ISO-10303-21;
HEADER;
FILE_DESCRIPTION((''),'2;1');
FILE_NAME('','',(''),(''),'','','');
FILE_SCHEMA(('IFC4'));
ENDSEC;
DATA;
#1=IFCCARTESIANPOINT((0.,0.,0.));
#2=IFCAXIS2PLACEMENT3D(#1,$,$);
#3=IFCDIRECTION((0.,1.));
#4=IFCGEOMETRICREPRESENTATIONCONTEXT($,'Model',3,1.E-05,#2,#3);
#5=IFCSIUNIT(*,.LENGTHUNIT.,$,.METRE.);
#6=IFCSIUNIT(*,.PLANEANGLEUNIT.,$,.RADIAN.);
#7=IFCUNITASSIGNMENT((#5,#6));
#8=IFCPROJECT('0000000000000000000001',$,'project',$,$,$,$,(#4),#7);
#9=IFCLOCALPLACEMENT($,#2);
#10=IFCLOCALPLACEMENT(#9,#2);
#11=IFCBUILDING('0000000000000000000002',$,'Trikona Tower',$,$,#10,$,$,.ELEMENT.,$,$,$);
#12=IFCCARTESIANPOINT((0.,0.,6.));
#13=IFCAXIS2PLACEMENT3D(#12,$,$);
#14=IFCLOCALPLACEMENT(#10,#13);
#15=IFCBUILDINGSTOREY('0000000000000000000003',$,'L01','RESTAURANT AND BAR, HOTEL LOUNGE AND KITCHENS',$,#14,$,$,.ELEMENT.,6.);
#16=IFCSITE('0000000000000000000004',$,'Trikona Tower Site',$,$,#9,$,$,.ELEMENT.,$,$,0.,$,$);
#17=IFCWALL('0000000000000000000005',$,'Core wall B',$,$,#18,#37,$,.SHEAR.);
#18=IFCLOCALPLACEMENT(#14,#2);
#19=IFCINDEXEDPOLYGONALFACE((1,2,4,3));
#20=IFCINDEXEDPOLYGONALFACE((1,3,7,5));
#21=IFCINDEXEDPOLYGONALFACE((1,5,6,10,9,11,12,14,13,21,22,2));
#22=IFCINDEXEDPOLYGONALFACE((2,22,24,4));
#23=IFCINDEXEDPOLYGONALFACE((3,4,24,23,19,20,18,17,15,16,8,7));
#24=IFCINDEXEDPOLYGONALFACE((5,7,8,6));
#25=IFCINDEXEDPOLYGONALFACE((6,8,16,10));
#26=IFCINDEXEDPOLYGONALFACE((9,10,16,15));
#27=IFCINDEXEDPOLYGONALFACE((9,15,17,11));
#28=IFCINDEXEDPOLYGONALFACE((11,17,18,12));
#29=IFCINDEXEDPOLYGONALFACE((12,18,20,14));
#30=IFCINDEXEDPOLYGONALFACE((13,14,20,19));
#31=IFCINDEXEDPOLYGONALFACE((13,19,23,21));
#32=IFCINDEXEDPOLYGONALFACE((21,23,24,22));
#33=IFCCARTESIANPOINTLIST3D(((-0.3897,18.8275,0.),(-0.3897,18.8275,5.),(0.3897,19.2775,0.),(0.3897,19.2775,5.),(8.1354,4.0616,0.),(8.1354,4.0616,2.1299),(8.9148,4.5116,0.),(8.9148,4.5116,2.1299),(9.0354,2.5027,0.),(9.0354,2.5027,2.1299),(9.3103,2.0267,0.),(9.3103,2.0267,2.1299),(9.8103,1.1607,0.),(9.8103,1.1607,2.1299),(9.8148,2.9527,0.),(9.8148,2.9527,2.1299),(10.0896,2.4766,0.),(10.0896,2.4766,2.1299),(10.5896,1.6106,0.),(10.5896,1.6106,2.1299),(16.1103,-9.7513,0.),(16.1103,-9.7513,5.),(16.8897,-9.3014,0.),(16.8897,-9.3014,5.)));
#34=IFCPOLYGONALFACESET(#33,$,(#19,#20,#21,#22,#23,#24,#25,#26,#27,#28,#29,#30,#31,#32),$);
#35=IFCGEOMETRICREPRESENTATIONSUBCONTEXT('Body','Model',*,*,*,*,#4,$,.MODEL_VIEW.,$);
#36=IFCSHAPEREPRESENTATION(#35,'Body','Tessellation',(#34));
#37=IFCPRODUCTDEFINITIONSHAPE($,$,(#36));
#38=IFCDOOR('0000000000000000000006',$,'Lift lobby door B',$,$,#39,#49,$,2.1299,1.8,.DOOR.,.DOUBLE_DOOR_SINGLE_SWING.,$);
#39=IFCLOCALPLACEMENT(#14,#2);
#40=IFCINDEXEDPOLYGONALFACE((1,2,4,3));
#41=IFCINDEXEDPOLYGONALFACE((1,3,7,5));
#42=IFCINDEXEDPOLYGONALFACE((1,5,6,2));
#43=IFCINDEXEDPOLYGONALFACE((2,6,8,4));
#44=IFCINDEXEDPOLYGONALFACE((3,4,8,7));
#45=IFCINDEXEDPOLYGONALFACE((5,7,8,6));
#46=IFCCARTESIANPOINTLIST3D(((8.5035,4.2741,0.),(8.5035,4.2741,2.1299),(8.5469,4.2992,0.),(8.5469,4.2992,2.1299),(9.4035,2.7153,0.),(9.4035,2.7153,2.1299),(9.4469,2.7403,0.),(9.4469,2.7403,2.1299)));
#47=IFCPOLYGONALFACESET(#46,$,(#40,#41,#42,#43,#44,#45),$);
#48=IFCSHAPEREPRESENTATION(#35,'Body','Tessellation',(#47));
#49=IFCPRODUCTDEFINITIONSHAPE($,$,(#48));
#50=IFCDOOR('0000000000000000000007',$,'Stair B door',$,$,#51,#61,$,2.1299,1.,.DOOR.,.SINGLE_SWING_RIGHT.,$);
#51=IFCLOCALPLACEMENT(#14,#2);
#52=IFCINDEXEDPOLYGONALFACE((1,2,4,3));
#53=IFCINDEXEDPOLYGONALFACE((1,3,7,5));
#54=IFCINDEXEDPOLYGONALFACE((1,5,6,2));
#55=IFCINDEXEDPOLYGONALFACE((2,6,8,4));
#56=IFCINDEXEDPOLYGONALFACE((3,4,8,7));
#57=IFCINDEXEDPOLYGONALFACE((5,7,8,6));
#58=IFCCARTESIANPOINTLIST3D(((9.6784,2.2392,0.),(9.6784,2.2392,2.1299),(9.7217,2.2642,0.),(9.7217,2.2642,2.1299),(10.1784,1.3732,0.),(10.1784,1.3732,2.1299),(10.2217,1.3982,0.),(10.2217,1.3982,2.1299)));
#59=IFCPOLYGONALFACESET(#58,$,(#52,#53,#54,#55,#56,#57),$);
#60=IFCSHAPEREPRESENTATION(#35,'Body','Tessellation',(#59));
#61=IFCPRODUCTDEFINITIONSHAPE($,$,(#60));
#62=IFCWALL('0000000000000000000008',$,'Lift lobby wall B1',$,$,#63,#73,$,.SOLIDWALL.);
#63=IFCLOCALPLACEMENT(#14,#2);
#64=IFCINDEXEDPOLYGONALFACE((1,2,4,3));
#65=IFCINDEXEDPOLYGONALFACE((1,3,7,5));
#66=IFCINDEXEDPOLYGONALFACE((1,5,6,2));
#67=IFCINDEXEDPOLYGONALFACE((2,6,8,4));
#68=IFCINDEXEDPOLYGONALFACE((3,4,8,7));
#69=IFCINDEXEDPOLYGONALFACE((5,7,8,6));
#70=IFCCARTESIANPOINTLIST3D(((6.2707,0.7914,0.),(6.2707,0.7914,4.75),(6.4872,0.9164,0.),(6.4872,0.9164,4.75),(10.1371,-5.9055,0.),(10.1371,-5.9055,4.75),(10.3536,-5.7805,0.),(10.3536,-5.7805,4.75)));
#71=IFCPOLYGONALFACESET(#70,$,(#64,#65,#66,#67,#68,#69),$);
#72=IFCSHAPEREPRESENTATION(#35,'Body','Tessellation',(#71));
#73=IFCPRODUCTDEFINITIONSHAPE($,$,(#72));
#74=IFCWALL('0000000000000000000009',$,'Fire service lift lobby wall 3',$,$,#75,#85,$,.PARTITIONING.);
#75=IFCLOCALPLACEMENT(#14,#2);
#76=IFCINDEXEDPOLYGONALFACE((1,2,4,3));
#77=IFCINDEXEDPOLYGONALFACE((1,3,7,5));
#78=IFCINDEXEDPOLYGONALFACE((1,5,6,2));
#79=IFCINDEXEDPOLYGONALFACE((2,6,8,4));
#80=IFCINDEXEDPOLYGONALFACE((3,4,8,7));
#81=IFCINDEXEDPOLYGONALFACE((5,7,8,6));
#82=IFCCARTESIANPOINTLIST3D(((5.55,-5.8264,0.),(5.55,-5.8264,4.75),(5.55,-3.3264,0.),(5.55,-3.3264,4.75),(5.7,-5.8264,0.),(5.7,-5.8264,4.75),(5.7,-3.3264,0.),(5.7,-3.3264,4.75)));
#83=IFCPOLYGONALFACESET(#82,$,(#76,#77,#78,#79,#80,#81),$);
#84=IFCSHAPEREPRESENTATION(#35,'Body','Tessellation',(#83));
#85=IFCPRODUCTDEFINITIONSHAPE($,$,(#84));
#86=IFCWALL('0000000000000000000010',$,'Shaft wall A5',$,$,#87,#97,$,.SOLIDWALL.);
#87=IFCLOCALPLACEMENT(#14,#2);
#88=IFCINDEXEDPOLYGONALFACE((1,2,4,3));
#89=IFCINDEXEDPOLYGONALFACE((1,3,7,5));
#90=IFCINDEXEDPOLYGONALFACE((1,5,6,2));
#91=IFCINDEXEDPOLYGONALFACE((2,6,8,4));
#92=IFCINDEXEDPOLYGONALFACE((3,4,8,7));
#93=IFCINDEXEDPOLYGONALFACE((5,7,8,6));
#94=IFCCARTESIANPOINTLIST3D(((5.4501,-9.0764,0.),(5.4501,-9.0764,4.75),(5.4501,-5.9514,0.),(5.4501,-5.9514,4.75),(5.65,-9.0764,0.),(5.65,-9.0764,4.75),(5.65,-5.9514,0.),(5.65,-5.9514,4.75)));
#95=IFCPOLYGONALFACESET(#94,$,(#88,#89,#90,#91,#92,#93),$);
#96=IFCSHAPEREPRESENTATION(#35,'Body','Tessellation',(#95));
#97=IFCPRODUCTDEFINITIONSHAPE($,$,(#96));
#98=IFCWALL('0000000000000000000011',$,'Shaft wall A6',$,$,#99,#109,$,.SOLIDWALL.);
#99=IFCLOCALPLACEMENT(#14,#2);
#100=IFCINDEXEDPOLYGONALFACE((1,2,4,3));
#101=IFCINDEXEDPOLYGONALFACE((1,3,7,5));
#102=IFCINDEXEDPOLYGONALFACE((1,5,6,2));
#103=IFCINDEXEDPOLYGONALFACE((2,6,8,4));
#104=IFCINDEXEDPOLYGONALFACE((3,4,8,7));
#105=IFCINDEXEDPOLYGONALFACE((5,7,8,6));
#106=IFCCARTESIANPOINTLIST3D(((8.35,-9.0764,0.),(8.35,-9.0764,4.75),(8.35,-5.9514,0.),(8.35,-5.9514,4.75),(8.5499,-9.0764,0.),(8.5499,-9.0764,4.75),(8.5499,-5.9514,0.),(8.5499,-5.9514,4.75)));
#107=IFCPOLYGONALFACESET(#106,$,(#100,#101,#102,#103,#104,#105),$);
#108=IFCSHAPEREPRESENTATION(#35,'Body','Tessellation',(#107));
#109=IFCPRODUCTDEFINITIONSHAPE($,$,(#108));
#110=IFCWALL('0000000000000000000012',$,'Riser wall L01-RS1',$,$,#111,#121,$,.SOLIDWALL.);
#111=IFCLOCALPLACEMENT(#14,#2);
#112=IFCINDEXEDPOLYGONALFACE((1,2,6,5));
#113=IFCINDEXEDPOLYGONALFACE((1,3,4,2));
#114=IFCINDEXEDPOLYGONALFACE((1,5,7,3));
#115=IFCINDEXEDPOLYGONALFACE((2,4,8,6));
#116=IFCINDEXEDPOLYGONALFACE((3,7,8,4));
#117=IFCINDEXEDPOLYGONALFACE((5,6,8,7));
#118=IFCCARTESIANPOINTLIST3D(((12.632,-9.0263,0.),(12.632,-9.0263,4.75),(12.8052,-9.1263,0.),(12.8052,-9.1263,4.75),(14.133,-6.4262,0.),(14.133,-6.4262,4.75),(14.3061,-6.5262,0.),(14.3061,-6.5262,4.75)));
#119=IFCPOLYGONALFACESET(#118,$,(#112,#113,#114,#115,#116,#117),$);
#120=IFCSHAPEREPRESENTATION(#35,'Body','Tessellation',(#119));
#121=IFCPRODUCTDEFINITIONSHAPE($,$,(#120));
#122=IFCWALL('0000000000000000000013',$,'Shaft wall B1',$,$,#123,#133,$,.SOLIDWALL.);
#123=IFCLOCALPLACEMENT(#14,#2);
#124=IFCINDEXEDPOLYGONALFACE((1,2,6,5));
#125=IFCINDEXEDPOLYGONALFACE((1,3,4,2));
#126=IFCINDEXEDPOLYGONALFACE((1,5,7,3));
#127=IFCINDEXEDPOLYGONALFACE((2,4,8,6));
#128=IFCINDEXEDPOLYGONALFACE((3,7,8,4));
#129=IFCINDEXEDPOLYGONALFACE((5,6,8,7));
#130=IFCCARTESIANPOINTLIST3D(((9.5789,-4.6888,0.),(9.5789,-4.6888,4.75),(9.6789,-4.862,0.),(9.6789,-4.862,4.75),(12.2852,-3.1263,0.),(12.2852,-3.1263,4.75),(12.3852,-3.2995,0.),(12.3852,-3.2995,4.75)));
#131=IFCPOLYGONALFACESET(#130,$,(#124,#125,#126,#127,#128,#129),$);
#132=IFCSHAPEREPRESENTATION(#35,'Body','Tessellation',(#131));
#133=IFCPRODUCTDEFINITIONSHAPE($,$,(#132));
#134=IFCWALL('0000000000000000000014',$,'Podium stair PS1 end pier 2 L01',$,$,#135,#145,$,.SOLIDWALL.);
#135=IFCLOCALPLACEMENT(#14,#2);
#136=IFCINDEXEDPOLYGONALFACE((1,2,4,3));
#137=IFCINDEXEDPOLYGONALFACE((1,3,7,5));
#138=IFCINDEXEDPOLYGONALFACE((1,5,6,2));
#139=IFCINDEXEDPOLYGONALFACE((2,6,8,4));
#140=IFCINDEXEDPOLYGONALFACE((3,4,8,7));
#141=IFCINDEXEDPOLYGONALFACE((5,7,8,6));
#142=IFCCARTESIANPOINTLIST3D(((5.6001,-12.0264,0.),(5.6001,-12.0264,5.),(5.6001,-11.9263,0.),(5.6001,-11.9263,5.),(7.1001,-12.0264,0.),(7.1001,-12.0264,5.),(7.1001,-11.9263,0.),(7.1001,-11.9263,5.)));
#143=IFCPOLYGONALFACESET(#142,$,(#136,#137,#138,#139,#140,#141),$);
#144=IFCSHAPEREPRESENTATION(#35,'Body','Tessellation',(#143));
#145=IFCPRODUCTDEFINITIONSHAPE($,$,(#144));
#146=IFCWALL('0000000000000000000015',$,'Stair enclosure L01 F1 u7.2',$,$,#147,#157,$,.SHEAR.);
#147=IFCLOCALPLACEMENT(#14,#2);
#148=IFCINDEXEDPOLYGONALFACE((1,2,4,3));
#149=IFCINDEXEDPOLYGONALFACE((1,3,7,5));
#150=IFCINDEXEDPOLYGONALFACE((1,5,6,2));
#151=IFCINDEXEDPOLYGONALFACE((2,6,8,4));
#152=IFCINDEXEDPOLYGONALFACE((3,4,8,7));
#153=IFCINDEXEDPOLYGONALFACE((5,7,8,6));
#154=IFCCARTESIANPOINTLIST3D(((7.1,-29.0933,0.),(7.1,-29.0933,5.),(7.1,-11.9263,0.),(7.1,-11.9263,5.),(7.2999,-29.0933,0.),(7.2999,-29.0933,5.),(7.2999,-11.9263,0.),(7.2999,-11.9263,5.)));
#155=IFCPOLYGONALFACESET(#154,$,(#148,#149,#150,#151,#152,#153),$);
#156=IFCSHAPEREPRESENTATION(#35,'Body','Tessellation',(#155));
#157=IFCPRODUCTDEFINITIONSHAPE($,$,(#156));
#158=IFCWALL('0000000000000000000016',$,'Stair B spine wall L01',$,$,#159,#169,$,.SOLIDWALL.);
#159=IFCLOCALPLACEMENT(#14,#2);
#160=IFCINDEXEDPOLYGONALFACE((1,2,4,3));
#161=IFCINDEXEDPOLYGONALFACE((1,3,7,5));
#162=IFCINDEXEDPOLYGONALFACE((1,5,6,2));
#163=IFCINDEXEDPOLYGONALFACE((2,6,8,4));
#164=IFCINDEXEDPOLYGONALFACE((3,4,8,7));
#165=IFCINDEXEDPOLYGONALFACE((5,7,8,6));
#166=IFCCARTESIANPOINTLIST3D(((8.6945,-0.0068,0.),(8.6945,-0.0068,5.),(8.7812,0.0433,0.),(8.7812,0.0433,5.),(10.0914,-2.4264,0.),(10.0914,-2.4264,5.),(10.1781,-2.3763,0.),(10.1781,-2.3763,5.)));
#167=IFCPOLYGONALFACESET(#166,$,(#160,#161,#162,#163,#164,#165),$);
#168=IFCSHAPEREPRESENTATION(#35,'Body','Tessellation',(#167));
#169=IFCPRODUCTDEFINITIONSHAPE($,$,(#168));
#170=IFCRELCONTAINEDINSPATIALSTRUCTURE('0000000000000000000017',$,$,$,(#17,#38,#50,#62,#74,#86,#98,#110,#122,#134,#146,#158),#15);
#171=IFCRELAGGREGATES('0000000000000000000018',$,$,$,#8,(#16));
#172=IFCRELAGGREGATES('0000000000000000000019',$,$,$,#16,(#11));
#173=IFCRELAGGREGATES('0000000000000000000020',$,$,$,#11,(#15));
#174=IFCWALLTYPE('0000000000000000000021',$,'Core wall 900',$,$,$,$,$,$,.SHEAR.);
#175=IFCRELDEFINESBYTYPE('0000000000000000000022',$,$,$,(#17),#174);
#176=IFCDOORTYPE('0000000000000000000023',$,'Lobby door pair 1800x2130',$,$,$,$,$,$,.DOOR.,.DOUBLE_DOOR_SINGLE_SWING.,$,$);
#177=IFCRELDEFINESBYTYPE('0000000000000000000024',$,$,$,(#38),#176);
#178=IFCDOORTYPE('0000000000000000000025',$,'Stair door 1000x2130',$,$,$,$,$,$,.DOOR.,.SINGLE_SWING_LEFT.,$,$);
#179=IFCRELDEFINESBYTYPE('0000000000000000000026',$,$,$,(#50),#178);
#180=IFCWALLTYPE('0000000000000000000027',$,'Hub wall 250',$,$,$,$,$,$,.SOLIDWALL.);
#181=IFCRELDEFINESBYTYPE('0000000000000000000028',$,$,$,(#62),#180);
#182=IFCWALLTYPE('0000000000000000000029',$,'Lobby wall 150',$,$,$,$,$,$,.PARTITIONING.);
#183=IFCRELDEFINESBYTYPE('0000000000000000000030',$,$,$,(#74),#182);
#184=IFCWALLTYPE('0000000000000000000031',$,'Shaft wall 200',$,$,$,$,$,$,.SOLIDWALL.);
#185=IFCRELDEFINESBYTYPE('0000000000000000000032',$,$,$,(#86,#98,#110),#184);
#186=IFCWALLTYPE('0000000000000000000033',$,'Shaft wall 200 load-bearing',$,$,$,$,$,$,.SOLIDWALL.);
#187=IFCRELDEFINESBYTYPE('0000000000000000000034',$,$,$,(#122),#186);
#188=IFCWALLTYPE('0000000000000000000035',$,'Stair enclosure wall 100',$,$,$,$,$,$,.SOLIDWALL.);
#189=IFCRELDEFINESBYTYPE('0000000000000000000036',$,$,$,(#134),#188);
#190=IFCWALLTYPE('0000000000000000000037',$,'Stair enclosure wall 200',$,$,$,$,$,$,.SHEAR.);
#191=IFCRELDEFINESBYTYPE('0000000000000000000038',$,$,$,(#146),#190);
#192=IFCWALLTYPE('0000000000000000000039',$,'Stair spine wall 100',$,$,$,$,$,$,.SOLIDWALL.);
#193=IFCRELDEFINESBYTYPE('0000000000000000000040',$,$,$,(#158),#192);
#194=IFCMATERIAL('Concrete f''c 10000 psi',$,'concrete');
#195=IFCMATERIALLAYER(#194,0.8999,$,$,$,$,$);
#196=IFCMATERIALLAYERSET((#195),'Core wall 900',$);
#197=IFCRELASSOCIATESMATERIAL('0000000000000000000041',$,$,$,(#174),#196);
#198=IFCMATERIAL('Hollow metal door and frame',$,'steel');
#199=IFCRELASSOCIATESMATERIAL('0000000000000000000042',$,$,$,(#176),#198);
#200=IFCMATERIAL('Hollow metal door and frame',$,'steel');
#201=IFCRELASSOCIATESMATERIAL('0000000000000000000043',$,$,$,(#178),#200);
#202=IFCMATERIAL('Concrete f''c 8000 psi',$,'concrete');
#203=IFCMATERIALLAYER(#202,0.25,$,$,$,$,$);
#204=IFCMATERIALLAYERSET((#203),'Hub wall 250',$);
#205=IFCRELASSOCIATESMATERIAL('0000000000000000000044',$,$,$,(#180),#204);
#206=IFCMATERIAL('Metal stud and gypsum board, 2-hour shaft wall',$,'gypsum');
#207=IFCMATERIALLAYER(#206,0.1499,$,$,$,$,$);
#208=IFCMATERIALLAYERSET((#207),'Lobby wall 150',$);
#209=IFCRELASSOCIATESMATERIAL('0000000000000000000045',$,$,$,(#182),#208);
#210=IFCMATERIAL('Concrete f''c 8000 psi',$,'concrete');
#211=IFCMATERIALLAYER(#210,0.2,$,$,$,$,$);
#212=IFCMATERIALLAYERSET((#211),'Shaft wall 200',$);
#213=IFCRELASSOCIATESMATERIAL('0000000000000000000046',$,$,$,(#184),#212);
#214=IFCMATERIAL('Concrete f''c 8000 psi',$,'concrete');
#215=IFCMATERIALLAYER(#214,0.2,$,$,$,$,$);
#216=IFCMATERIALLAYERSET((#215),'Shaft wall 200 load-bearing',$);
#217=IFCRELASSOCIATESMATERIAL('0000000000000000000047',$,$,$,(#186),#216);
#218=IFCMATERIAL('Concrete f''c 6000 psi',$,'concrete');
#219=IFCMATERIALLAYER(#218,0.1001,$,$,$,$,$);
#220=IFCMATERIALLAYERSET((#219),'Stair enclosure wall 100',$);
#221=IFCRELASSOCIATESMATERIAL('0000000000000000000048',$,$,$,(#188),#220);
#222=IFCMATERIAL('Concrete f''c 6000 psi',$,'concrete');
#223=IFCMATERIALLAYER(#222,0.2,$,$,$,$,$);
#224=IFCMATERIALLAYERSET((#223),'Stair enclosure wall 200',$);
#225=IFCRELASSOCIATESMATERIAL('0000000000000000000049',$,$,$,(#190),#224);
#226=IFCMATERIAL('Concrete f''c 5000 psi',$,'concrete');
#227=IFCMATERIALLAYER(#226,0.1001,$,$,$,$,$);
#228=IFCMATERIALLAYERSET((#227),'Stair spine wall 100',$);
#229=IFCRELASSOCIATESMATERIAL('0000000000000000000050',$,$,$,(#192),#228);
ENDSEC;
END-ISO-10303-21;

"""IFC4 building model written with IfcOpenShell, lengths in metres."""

from ifc_helpers import new_model, si_unit, direction, frame, frame_2d, origin, place, context, subcontext, project, spatial, rectangle, extrude, material, layer, layer_set, type_object, element, fill, save


model = new_model("IFC4")

# Units and contexts
model_context = context("Model", 3, precision=1e-05, world=origin(), true_north=direction((0.0, 1.0)))
body_context = subcontext(model_context, "Body", "Model", "MODEL_VIEW")
ifc_project = project(units=[si_unit("LENGTHUNIT", "METRE"), si_unit("PLANEANGLEUNIT", "RADIAN")], contexts=[model_context])

# Site, building, storey
site_placement = place(None, origin())
site = spatial("IfcSite", under=ifc_project, at=site_placement, Name="Trikona Tower Site", CompositionType="ELEMENT", RefElevation=0.0)
building_placement = place(site_placement, origin())
building = spatial("IfcBuilding", under=site, at=building_placement, Name="Trikona Tower", CompositionType="ELEMENT")
storey_placement = place(building_placement, frame((0.0, 0.0, 6.0)))
storey = spatial("IfcBuildingStorey", under=building, at=storey_placement, Name="L01", Description="RESTAURANT AND BAR, HOTEL LOUNGE AND KITCHENS", CompositionType="ELEMENT", Elevation=6.0)

# Wall, openings, doors
ifc_material_1 = material(Name="Concrete f'c 10000 psi", Category="concrete")
ifc_layer_1 = layer(ifc_material_1, 0.8999)
ifc_layer_set_1 = layer_set([ifc_layer_1], Name="Core wall 900")
wall_type_1 = type_object("IfcWallType", Name="Core wall 900", PredefinedType="SHEAR", material=ifc_layer_set_1)
wall_1_placement = place(storey_placement, frame((16.5, -9.5264, 0.0), z_axis=(0.0, 0.0, 1.0), x_axis=(-0.5, 0.866026, 0.0)))
wall_1 = element("IfcWall", 1, at=wall_1_placement, inside=storey, type_object=wall_type_1, Name="Core wall B", PredefinedType="SHEAR", context=body_context, shape_type="SweptSolid", body=[
    extrude(rectangle(XDim=33.0, YDim=0.8999, at=frame_2d((16.5, 0.0))), origin(), (0.0, 0.0, 1.0), 5.0),
])
opening_1_placement = place(wall_1_placement, frame((14.1499, 0.0, 0.0)))
opening_1 = element("IfcOpeningElement", 2, at=opening_1_placement, cuts=wall_1, PredefinedType="OPENING", context=body_context, shape_type="SweptSolid", body=[
    extrude(rectangle(XDim=1.8, YDim=2.1299, at=frame_2d((0.8999, 1.0649))), frame((0.0, 0.46, 0.0), z_axis=(0.0, -1.0, 0.0), x_axis=(1.0, 0.0, 0.0)), (0.0, 0.0, 1.0), 0.9199),
])
opening_2_placement = place(wall_1_placement, frame((12.6001, 0.0, 0.0)))
opening_2 = element("IfcOpeningElement", 3, at=opening_2_placement, cuts=wall_1, PredefinedType="OPENING", context=body_context, shape_type="SweptSolid", body=[
    extrude(rectangle(XDim=1.0, YDim=2.1299, at=frame_2d((0.5, 1.0649))), frame((0.0, 0.46, 0.0), z_axis=(0.0, -1.0, 0.0), x_axis=(1.0, 0.0, 0.0)), (0.0, 0.0, 1.0), 0.9199),
])
ifc_material_2 = material(Name="Hollow metal door and frame", Category="steel")
door_type_1 = type_object("IfcDoorType", Name="Lobby door pair 1800x2130", OperationType="DOUBLE_DOOR_SINGLE_SWING", PredefinedType="DOOR", material=ifc_material_2)
door_1_placement = place(opening_1_placement, origin())
door_1 = element("IfcDoor", 4, at=door_1_placement, inside=storey, type_object=door_type_1, Name="Lift lobby door B", OperationType="DOUBLE_DOOR_SINGLE_SWING", OverallHeight=2.1299, OverallWidth=1.8, PredefinedType="DOOR", context=body_context, shape_type="SweptSolid", body=[
    extrude(rectangle(XDim=1.8, YDim=2.1299, at=frame_2d((0.8999, 1.0649))), frame((0.0, 0.0249, 0.0), z_axis=(0.0, -1.0, 0.0), x_axis=(1.0, 0.0, 0.0)), (0.0, 0.0, 1.0), 0.05),
])
fill(opening_1, door_1)
ifc_material_3 = material(Name="Hollow metal door and frame", Category="steel")
door_type_2 = type_object("IfcDoorType", Name="Stair door 1000x2130", OperationType="SINGLE_SWING_LEFT", PredefinedType="DOOR", material=ifc_material_3)
door_2_placement = place(opening_2_placement, origin())
door_2 = element("IfcDoor", 5, at=door_2_placement, inside=storey, type_object=door_type_2, Name="Stair B door", OperationType="SINGLE_SWING_RIGHT", OverallHeight=2.1299, OverallWidth=1.0, PredefinedType="DOOR", context=body_context, shape_type="SweptSolid", body=[
    extrude(rectangle(XDim=1.0, YDim=2.1299, at=frame_2d((0.5, 1.0649))), frame((0.0, 0.0249, 0.0), z_axis=(0.0, -1.0, 0.0), x_axis=(1.0, 0.0, 0.0)), (0.0, 0.0, 1.0), 0.05),
])
fill(opening_2, door_2)

# Walls
ifc_material_4 = material(Name="Concrete f'c 8000 psi", Category="concrete")
ifc_layer_2 = layer(ifc_material_4, 0.25)
ifc_layer_set_2 = layer_set([ifc_layer_2], Name="Hub wall 250")
wall_type_2 = type_object("IfcWallType", Name="Hub wall 250", PredefinedType="SOLIDWALL", material=ifc_layer_set_2)
wall_2_placement = place(storey_placement, frame((10.2454, -5.843, 0.0), z_axis=(0.0, 0.0, 1.0), x_axis=(-0.499993, 0.866029, 0.0)))
element("IfcWall", 6, at=wall_2_placement, inside=storey, type_object=wall_type_2, Name="Lift lobby wall B1", PredefinedType="SOLIDWALL", context=body_context, shape_type="SweptSolid", body=[
    extrude(rectangle(XDim=7.7329, YDim=0.25, at=frame_2d((3.8665, 0.0))), origin(), (0.0, 0.0, 1.0), 4.75),
])
ifc_material_5 = material(Name="Metal stud and gypsum board, 2-hour shaft wall", Category="gypsum")
ifc_layer_3 = layer(ifc_material_5, 0.1499)
ifc_layer_set_3 = layer_set([ifc_layer_3], Name="Lobby wall 150")
wall_type_3 = type_object("IfcWallType", Name="Lobby wall 150", PredefinedType="PARTITIONING", material=ifc_layer_set_3)
wall_3_placement = place(storey_placement, frame((5.625, -5.8264, 0.0), z_axis=(0.0, 0.0, 1.0), x_axis=(0.0, 1.0, 0.0)))
element("IfcWall", 7, at=wall_3_placement, inside=storey, type_object=wall_type_3, Name="Fire service lift lobby wall 3", PredefinedType="PARTITIONING", context=body_context, shape_type="SweptSolid", body=[
    extrude(rectangle(XDim=2.5, YDim=0.1499, at=frame_2d((1.25, 0.0))), origin(), (0.0, 0.0, 1.0), 4.75),
])
ifc_material_6 = material(Name="Concrete f'c 8000 psi", Category="concrete")
ifc_layer_4 = layer(ifc_material_6, 0.2)
ifc_layer_set_4 = layer_set([ifc_layer_4], Name="Shaft wall 200")
wall_type_4 = type_object("IfcWallType", Name="Shaft wall 200", PredefinedType="SOLIDWALL", material=ifc_layer_set_4)
for number, where, z_axis, x_axis, name in (
    (8, (5.55, -5.9514, 0.0), (0.0, 0.0, 1.0), (0.0, -1.0, 0.0), "Shaft wall A5"),
    (9, (8.45, -5.9514, 0.0), (0.0, 0.0, 1.0), (0.0, -1.0, 0.0), "Shaft wall A6"),
):
    element("IfcWall", number, at=place(storey_placement, frame(where, z_axis=z_axis, x_axis=x_axis)), inside=storey, type_object=wall_type_4, Name=name, PredefinedType="SOLIDWALL", context=body_context, shape_type="SweptSolid", body=[
        extrude(rectangle(XDim=3.125, YDim=0.2, at=frame_2d((1.5625, 0.0))), origin(), (0.0, 0.0, 1.0), 4.75),
    ])
wall_4_placement = place(storey_placement, frame((14.2195, -6.4763, 0.0), z_axis=(0.0, 0.0, 1.0), x_axis=(-0.499952, -0.866053, 0.0)))
element("IfcWall", 10, at=wall_4_placement, inside=storey, type_object=wall_type_4, Name="Riser wall L01-RS1", PredefinedType="SOLIDWALL", context=body_context, shape_type="SweptSolid", body=[
    extrude(rectangle(XDim=3.0022, YDim=0.2, at=frame_2d((1.501, 0.0))), origin(), (0.0, 0.0, 1.0), 4.75),
])
ifc_material_7 = material(Name="Concrete f'c 8000 psi", Category="concrete")
ifc_layer_5 = layer(ifc_material_7, 0.2)
ifc_layer_set_5 = layer_set([ifc_layer_5], Name="Shaft wall 200 load-bearing")
wall_type_5 = type_object("IfcWallType", Name="Shaft wall 200 load-bearing", PredefinedType="SOLIDWALL", material=ifc_layer_set_5)
wall_5_placement = place(storey_placement, frame((9.6289, -4.7754, 0.0), z_axis=(0.0, 0.0, 1.0), x_axis=(0.866023, 0.500004, 0.0)))
element("IfcWall", 11, at=wall_5_placement, inside=storey, type_object=wall_type_5, Name="Shaft wall B1", PredefinedType="SOLIDWALL", context=body_context, shape_type="SweptSolid", body=[
    extrude(rectangle(XDim=3.125, YDim=0.2, at=frame_2d((1.5625, 0.0))), origin(), (0.0, 0.0, 1.0), 4.75),
])
ifc_material_8 = material(Name="Concrete f'c 6000 psi", Category="concrete")
ifc_layer_6 = layer(ifc_material_8, 0.1001)
ifc_layer_set_6 = layer_set([ifc_layer_6], Name="Stair enclosure wall 100")
wall_type_6 = type_object("IfcWallType", Name="Stair enclosure wall 100", PredefinedType="SOLIDWALL", material=ifc_layer_set_6)
wall_6_placement = place(storey_placement, frame((5.6001, -11.9763, 0.0), z_axis=(0.0, 0.0, 1.0), x_axis=(1.0, 0.0, 0.0)))
element("IfcWall", 12, at=wall_6_placement, inside=storey, type_object=wall_type_6, Name="Podium stair PS1 end pier 2 L01", PredefinedType="SOLIDWALL", context=body_context, shape_type="SweptSolid", body=[
    extrude(rectangle(XDim=1.5, YDim=0.1001, at=frame_2d((0.75, 0.0))), origin(), (0.0, 0.0, 1.0), 5.0),
])
ifc_material_9 = material(Name="Concrete f'c 6000 psi", Category="concrete")
ifc_layer_7 = layer(ifc_material_9, 0.2)
ifc_layer_set_7 = layer_set([ifc_layer_7], Name="Stair enclosure wall 200")
wall_type_7 = type_object("IfcWallType", Name="Stair enclosure wall 200", PredefinedType="SHEAR", material=ifc_layer_set_7)
wall_7_placement = place(storey_placement, frame((7.2, -11.9263, 0.0), z_axis=(0.0, 0.0, 1.0), x_axis=(0.0, -1.0, 0.0)))
element("IfcWall", 13, at=wall_7_placement, inside=storey, type_object=wall_type_7, Name="Stair enclosure L01 F1 u7.2", PredefinedType="SHEAR", context=body_context, shape_type="SweptSolid", body=[
    extrude(rectangle(XDim=17.167, YDim=0.2, at=frame_2d((8.5835, 0.0))), origin(), (0.0, 0.0, 1.0), 5.0),
])
ifc_material_10 = material(Name="Concrete f'c 5000 psi", Category="concrete")
ifc_layer_8 = layer(ifc_material_10, 0.1001)
ifc_layer_set_8 = layer_set([ifc_layer_8], Name="Stair spine wall 100")
wall_type_8 = type_object("IfcWallType", Name="Stair spine wall 100", PredefinedType="SOLIDWALL", material=ifc_layer_set_8)
wall_8_placement = place(storey_placement, frame((10.1348, -2.4014, 0.0), z_axis=(0.0, 0.0, 1.0), x_axis=(-0.499992, 0.86603, 0.0)))
element("IfcWall", 14, at=wall_8_placement, inside=storey, type_object=wall_type_8, Name="Stair B spine wall L01", PredefinedType="SOLIDWALL", context=body_context, shape_type="SweptSolid", body=[
    extrude(rectangle(XDim=2.7939, YDim=0.1001, at=frame_2d((1.397, 0.0))), origin(), (0.0, 0.0, 1.0), 5.0),
])

save(model, "model.ifc")
